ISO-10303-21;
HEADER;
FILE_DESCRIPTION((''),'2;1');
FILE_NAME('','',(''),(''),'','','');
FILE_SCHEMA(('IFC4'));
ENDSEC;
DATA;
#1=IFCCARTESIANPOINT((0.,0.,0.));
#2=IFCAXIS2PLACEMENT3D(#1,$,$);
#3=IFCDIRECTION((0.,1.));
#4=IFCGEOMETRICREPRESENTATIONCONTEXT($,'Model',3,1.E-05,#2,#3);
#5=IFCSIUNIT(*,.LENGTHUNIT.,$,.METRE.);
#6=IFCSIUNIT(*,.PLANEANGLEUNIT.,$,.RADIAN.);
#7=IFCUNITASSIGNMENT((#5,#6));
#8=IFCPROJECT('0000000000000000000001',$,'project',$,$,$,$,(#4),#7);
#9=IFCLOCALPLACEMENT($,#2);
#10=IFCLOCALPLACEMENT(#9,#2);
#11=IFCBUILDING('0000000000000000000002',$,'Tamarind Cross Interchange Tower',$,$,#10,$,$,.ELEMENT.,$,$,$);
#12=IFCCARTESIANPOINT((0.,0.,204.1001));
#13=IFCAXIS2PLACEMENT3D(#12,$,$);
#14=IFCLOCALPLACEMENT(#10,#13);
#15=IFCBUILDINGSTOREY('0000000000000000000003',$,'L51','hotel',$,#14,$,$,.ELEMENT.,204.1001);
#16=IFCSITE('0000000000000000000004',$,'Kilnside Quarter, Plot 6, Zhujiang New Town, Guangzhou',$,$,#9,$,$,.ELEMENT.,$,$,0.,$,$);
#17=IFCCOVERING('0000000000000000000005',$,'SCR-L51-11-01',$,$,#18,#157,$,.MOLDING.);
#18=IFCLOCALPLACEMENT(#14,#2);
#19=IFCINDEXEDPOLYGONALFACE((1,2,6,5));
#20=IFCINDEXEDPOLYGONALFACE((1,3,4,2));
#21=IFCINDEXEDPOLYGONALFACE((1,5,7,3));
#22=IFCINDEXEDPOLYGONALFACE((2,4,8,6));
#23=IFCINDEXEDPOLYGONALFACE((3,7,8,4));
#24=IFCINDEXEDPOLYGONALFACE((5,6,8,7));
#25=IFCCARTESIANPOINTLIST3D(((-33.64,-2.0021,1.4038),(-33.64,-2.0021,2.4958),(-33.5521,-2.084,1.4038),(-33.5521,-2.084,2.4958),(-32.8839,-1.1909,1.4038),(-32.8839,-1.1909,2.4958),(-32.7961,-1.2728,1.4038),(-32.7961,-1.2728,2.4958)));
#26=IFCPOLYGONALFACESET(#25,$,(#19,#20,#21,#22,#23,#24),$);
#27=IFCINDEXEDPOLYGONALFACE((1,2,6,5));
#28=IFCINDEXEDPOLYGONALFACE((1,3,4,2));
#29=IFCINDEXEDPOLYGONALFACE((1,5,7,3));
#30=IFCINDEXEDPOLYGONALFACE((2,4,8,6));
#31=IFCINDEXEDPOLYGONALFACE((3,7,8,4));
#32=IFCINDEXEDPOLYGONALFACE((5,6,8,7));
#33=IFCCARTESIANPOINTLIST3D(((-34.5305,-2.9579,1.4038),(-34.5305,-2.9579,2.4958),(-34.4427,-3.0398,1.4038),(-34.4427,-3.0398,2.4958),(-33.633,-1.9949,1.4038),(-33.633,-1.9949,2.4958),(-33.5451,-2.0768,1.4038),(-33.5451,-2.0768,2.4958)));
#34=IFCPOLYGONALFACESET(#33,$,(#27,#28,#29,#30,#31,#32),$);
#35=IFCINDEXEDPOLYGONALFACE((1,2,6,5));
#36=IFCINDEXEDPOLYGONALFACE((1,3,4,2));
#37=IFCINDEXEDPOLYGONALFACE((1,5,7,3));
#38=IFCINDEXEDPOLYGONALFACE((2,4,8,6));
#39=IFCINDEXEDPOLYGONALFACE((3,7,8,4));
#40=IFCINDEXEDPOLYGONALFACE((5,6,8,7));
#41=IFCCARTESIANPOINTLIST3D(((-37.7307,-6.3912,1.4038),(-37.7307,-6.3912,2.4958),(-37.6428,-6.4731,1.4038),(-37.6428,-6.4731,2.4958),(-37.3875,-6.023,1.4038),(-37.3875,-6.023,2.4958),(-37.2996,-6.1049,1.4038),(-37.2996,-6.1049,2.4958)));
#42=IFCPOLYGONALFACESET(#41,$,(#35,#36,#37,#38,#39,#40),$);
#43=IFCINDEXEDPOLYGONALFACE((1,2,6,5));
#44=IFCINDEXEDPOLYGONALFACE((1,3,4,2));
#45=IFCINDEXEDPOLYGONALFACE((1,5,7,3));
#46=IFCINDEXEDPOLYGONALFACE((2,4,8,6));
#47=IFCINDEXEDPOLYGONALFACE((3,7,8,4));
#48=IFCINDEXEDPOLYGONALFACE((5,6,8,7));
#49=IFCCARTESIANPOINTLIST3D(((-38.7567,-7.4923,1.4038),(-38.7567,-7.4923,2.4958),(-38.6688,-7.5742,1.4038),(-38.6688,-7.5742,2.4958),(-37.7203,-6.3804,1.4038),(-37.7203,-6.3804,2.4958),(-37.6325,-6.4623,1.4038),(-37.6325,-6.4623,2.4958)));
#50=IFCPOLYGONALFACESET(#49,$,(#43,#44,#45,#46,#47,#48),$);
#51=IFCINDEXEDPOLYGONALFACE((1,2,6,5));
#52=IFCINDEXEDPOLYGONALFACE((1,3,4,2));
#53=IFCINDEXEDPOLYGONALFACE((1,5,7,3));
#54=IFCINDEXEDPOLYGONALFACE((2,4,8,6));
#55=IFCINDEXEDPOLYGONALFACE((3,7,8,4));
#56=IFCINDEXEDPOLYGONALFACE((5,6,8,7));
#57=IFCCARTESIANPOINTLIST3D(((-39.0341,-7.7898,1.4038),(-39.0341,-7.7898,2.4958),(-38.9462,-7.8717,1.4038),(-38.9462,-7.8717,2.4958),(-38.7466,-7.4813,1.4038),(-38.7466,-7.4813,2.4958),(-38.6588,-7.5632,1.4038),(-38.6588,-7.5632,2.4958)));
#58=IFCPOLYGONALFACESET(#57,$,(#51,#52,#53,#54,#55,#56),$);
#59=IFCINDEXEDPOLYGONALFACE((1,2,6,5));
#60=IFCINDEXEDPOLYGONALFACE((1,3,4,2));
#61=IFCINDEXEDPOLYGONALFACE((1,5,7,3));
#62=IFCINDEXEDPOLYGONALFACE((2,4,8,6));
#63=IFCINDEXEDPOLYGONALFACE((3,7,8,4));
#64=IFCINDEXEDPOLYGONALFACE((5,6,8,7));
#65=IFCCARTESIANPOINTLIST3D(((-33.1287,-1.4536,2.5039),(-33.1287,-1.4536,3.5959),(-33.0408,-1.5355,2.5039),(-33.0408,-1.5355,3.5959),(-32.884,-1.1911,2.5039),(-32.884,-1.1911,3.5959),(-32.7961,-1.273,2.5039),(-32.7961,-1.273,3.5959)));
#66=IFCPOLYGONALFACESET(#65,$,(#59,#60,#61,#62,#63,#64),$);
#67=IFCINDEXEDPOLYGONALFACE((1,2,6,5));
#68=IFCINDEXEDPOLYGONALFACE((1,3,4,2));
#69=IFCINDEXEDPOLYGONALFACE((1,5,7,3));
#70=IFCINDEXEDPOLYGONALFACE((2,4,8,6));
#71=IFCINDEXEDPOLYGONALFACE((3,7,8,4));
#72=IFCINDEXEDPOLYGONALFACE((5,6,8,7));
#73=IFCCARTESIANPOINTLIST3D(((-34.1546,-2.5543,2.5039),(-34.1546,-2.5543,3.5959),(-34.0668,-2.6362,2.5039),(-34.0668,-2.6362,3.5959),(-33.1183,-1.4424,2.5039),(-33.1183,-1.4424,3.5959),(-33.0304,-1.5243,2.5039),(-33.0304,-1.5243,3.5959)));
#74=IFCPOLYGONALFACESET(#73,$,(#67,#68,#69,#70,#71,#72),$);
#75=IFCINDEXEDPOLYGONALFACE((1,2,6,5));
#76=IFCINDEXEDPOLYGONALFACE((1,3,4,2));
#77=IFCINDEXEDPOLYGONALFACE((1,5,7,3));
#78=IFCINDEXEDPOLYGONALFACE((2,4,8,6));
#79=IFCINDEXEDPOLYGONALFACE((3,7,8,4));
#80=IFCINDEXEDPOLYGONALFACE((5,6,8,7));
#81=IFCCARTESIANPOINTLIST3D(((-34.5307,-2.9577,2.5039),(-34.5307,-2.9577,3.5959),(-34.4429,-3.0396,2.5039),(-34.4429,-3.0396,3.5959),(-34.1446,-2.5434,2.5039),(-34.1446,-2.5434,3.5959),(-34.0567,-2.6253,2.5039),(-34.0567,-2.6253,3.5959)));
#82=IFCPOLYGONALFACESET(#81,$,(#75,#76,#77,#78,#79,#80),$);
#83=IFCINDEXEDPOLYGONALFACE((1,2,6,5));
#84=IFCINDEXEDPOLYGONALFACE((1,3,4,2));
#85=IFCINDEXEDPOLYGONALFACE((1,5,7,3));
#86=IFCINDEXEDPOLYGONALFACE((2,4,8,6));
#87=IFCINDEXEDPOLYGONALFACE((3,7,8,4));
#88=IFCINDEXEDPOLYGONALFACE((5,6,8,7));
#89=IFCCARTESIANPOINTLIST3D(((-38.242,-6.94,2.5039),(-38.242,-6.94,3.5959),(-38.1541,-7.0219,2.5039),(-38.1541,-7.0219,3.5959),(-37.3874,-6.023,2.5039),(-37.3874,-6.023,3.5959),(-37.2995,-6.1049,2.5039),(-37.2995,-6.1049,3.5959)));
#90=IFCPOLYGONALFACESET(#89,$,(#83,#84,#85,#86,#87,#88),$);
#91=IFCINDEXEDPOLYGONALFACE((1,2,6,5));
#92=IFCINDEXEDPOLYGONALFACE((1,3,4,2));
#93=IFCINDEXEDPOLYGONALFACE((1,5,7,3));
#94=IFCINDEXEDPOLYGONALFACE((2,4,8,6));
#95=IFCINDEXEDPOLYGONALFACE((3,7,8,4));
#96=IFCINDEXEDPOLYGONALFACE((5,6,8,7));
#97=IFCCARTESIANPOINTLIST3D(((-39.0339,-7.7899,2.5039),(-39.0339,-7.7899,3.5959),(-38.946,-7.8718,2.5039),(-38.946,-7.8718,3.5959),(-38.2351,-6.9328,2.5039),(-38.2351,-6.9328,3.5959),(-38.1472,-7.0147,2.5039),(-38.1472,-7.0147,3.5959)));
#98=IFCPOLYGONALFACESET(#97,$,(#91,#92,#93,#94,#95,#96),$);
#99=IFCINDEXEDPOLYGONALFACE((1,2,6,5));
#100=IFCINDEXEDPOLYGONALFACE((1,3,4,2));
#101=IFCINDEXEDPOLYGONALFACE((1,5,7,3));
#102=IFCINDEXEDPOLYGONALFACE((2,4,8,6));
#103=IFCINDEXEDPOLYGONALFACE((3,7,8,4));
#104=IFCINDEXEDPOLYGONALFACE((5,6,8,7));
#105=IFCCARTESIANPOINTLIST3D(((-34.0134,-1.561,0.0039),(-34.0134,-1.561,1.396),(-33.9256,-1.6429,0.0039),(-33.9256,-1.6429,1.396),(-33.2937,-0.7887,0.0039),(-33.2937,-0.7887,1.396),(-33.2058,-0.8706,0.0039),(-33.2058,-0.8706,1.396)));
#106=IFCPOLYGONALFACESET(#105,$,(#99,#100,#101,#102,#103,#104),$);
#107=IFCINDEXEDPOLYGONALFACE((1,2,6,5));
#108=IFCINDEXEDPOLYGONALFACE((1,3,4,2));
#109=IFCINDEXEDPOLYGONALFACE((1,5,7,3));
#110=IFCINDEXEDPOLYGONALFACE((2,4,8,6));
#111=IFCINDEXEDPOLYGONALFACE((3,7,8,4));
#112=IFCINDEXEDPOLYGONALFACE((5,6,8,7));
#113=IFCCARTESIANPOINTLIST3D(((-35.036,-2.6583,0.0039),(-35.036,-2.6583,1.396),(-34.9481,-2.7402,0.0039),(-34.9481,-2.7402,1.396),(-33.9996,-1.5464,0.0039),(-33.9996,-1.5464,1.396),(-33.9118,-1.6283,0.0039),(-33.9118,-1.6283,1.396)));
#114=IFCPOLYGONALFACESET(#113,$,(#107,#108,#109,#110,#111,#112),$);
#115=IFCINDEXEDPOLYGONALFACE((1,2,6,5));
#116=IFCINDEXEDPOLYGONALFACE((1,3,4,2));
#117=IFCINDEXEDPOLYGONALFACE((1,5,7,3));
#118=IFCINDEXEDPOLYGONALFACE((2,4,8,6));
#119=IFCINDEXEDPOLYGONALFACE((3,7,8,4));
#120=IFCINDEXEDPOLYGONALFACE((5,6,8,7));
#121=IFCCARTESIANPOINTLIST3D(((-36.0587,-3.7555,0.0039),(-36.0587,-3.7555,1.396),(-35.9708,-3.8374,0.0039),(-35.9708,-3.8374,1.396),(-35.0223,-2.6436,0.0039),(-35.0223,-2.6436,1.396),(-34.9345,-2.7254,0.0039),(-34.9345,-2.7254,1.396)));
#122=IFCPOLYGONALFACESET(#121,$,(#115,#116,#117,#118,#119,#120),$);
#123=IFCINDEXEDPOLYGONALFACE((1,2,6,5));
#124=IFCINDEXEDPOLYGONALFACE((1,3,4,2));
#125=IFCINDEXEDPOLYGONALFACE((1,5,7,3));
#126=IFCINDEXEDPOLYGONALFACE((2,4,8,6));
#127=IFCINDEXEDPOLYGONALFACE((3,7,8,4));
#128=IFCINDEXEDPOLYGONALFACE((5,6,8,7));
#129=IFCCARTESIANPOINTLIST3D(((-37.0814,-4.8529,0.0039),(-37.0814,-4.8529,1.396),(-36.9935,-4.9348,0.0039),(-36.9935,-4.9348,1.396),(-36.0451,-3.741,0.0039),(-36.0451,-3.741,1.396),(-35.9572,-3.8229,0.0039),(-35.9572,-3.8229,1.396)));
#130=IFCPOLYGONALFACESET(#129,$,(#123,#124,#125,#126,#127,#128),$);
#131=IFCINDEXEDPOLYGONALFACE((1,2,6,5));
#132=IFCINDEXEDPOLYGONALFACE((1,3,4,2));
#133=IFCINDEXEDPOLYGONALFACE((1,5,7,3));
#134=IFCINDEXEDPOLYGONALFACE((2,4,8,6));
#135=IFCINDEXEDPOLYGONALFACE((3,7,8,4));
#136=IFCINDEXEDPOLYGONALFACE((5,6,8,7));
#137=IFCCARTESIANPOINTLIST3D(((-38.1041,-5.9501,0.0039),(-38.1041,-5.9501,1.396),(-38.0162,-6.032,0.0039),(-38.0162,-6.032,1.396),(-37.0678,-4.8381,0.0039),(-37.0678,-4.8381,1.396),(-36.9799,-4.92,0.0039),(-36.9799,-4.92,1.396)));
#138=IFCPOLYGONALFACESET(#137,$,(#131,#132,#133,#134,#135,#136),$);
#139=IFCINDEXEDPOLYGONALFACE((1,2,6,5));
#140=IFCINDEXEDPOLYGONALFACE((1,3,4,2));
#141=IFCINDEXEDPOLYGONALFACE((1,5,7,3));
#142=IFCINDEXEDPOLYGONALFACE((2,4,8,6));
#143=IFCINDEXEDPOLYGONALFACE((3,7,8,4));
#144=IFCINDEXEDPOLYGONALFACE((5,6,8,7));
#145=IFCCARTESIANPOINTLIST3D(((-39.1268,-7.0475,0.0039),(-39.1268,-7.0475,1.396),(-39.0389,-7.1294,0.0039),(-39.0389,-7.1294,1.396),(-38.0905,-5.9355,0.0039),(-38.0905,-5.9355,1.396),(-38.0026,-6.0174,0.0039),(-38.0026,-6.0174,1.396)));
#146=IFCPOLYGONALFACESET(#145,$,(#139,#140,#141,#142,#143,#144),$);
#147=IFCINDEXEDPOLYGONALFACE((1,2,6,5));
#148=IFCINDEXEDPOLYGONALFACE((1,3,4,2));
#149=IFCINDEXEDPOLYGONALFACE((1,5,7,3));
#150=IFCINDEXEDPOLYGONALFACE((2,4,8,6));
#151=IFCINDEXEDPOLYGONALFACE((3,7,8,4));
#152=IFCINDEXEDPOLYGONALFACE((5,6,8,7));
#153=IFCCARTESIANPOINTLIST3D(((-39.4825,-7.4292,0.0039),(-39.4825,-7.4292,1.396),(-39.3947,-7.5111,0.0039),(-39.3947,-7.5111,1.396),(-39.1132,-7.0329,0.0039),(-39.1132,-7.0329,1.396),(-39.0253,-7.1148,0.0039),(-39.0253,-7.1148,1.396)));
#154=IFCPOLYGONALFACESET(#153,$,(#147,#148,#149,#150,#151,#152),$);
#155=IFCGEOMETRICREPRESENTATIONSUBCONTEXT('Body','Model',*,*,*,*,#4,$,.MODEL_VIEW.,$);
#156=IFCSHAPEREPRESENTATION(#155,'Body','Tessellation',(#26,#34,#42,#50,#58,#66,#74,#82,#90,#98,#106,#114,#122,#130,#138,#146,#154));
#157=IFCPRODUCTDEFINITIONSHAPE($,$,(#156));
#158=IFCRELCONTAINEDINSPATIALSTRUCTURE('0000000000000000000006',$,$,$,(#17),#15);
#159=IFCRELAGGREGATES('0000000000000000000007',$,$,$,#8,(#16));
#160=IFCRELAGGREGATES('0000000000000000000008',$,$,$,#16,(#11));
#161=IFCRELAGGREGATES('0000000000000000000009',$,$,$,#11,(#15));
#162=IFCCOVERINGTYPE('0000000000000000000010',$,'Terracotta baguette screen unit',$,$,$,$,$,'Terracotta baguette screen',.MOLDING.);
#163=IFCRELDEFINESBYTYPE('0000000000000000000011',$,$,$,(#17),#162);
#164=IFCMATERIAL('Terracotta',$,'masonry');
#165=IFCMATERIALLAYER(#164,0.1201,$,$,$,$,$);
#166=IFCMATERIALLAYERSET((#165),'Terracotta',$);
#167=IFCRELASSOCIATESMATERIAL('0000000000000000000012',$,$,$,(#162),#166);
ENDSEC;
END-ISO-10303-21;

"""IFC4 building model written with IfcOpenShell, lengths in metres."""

from ifc_helpers import new_model, si_unit, direction, frame, origin, origin_2d, place, context, subcontext, project, spatial, rectangle, extrude, material, layer, layer_set, type_object, element, save


model = new_model("IFC4")

# Units and contexts
model_context = context("Model", 3, precision=1e-05, world=origin(), true_north=direction((0.0, 1.0)))
body_context = subcontext(model_context, "Body", "Model", "MODEL_VIEW")
ifc_project = project(units=[si_unit("LENGTHUNIT", "METRE"), si_unit("PLANEANGLEUNIT", "RADIAN")], contexts=[model_context])

# Site, building, storey
site_placement = place(None, origin())
site = spatial("IfcSite", under=ifc_project, at=site_placement, Name="Kilnside Quarter, Plot 6, Zhujiang New Town, Guangzhou", CompositionType="ELEMENT", RefElevation=0.0)
building_placement = place(site_placement, origin())
building = spatial("IfcBuilding", under=site, at=building_placement, Name="Tamarind Cross Interchange Tower", CompositionType="ELEMENT")
storey_placement = place(building_placement, frame((0.0, 0.0, 204.1001)))
storey = spatial("IfcBuildingStorey", under=building, at=storey_placement, Name="L51", Description="hotel", CompositionType="ELEMENT", Elevation=204.1001)

# Covering
ifc_material_1 = material(Name="Terracotta", Category="masonry")
ifc_layer_1 = layer(ifc_material_1, 0.1201)
ifc_layer_set_1 = layer_set([ifc_layer_1], Name="Terracotta")
covering_type = type_object("IfcCoveringType", Name="Terracotta baguette screen unit", ElementType="Terracotta baguette screen", PredefinedType="MOLDING", material=ifc_layer_set_1)
covering_1_placement = place(storey_placement, origin())
element("IfcCovering", 1, at=covering_1_placement, inside=storey, type_object=covering_type, Name="SCR-L51-11-01", PredefinedType="MOLDING", context=body_context, shape_type="SweptSolid", body=[
    extrude(rectangle(XDim=1.1089, YDim=0.1201, at=origin_2d()), frame((-33.218, -1.6375, 1.4038), z_axis=(0.0, 0.0, 1.0), x_axis=(-0.681794, -0.731544, 0.0)), (0.0, 0.0, 1.0), 1.092),
    extrude(rectangle(XDim=1.3164, YDim=0.1201, at=origin_2d()), frame((-34.0378, -2.5173, 1.4038), z_axis=(0.0, 0.0, 1.0), x_axis=(-0.681794, -0.731544, 0.0)), (0.0, 0.0, 1.0), 1.092),
    extrude(rectangle(XDim=0.5034, YDim=0.1201, at=origin_2d()), frame((-37.5151, -6.248, 1.4038), z_axis=(0.0, 0.0, 1.0), x_axis=(-0.681794, -0.731544, 0.0)), (0.0, 0.0, 1.0), 1.092),
    extrude(rectangle(XDim=1.52, YDim=0.1201, at=origin_2d()), frame((-38.1946, -6.9773, 1.4038), z_axis=(0.0, 0.0, 1.0), x_axis=(-0.681794, -0.731544, 0.0)), (0.0, 0.0, 1.0), 1.092),
    extrude(rectangle(XDim=0.4216, YDim=0.1201, at=origin_2d()), frame((-38.8464, -7.6765, 1.4038), z_axis=(0.0, 0.0, 1.0), x_axis=(-0.681794, -0.731544, 0.0)), (0.0, 0.0, 1.0), 1.092),
    extrude(rectangle(XDim=0.3589, YDim=0.1201, at=origin_2d()), frame((-32.9624, -1.3633, 2.5039), z_axis=(0.0, 0.0, 1.0), x_axis=(-0.681794, -0.731544, 0.0)), (0.0, 0.0, 1.0), 1.092),
    extrude(rectangle(XDim=1.52, YDim=0.1201, at=origin_2d()), frame((-33.5925, -2.0393, 2.5039), z_axis=(0.0, 0.0, 1.0), x_axis=(-0.681794, -0.731544, 0.0)), (0.0, 0.0, 1.0), 1.092),
    extrude(rectangle(XDim=0.5664, YDim=0.1201, at=origin_2d()), frame((-34.2937, -2.7915, 2.5039), z_axis=(0.0, 0.0, 1.0), x_axis=(-0.681794, -0.731544, 0.0)), (0.0, 0.0, 1.0), 1.092),
    extrude(rectangle(XDim=1.2534, YDim=0.1201, at=origin_2d()), frame((-37.7708, -6.5225, 2.5039), z_axis=(0.0, 0.0, 1.0), x_axis=(-0.681794, -0.731544, 0.0)), (0.0, 0.0, 1.0), 1.092),
    extrude(rectangle(XDim=1.1716, YDim=0.1201, at=origin_2d()), frame((-38.5906, -7.4023, 2.5039), z_axis=(0.0, 0.0, 1.0), x_axis=(-0.681794, -0.731544, 0.0)), (0.0, 0.0, 1.0), 1.092),
    extrude(rectangle(XDim=1.0557, YDim=0.1201, at=origin_2d()), frame((-33.6096, -1.2158, 0.0039), z_axis=(0.0, 0.0, 1.0), x_axis=(-0.681794, -0.731544, 0.0)), (0.0, 0.0, 1.0), 1.3921),
    extrude(rectangle(XDim=1.52, YDim=0.1201, at=origin_2d()), frame((-34.4739, -2.1433, 0.0039), z_axis=(0.0, 0.0, 1.0), x_axis=(-0.681794, -0.731544, 0.0)), (0.0, 0.0, 1.0), 1.3921),
    extrude(rectangle(XDim=1.52, YDim=0.1201, at=origin_2d()), frame((-35.4966, -3.2405, 0.0039), z_axis=(0.0, 0.0, 1.0), x_axis=(-0.681794, -0.731544, 0.0)), (0.0, 0.0, 1.0), 1.3921),
    extrude(rectangle(XDim=1.52, YDim=0.1201, at=origin_2d()), frame((-36.5193, -4.3379, 0.0039), z_axis=(0.0, 0.0, 1.0), x_axis=(-0.681794, -0.731544, 0.0)), (0.0, 0.0, 1.0), 1.3921),
    extrude(rectangle(XDim=1.52, YDim=0.1201, at=origin_2d()), frame((-37.542, -5.4351, 0.0039), z_axis=(0.0, 0.0, 1.0), x_axis=(-0.681794, -0.731544, 0.0)), (0.0, 0.0, 1.0), 1.3921),
    extrude(rectangle(XDim=1.52, YDim=0.1201, at=origin_2d()), frame((-38.5647, -6.5325, 0.0039), z_axis=(0.0, 0.0, 1.0), x_axis=(-0.681794, -0.731544, 0.0)), (0.0, 0.0, 1.0), 1.3921),
    extrude(rectangle(XDim=0.5417, YDim=0.1201, at=origin_2d()), frame((-39.2539, -7.272, 0.0039), z_axis=(0.0, 0.0, 1.0), x_axis=(-0.681794, -0.731544, 0.0)), (0.0, 0.0, 1.0), 1.3921),
])

save(model, "model.ifc")
